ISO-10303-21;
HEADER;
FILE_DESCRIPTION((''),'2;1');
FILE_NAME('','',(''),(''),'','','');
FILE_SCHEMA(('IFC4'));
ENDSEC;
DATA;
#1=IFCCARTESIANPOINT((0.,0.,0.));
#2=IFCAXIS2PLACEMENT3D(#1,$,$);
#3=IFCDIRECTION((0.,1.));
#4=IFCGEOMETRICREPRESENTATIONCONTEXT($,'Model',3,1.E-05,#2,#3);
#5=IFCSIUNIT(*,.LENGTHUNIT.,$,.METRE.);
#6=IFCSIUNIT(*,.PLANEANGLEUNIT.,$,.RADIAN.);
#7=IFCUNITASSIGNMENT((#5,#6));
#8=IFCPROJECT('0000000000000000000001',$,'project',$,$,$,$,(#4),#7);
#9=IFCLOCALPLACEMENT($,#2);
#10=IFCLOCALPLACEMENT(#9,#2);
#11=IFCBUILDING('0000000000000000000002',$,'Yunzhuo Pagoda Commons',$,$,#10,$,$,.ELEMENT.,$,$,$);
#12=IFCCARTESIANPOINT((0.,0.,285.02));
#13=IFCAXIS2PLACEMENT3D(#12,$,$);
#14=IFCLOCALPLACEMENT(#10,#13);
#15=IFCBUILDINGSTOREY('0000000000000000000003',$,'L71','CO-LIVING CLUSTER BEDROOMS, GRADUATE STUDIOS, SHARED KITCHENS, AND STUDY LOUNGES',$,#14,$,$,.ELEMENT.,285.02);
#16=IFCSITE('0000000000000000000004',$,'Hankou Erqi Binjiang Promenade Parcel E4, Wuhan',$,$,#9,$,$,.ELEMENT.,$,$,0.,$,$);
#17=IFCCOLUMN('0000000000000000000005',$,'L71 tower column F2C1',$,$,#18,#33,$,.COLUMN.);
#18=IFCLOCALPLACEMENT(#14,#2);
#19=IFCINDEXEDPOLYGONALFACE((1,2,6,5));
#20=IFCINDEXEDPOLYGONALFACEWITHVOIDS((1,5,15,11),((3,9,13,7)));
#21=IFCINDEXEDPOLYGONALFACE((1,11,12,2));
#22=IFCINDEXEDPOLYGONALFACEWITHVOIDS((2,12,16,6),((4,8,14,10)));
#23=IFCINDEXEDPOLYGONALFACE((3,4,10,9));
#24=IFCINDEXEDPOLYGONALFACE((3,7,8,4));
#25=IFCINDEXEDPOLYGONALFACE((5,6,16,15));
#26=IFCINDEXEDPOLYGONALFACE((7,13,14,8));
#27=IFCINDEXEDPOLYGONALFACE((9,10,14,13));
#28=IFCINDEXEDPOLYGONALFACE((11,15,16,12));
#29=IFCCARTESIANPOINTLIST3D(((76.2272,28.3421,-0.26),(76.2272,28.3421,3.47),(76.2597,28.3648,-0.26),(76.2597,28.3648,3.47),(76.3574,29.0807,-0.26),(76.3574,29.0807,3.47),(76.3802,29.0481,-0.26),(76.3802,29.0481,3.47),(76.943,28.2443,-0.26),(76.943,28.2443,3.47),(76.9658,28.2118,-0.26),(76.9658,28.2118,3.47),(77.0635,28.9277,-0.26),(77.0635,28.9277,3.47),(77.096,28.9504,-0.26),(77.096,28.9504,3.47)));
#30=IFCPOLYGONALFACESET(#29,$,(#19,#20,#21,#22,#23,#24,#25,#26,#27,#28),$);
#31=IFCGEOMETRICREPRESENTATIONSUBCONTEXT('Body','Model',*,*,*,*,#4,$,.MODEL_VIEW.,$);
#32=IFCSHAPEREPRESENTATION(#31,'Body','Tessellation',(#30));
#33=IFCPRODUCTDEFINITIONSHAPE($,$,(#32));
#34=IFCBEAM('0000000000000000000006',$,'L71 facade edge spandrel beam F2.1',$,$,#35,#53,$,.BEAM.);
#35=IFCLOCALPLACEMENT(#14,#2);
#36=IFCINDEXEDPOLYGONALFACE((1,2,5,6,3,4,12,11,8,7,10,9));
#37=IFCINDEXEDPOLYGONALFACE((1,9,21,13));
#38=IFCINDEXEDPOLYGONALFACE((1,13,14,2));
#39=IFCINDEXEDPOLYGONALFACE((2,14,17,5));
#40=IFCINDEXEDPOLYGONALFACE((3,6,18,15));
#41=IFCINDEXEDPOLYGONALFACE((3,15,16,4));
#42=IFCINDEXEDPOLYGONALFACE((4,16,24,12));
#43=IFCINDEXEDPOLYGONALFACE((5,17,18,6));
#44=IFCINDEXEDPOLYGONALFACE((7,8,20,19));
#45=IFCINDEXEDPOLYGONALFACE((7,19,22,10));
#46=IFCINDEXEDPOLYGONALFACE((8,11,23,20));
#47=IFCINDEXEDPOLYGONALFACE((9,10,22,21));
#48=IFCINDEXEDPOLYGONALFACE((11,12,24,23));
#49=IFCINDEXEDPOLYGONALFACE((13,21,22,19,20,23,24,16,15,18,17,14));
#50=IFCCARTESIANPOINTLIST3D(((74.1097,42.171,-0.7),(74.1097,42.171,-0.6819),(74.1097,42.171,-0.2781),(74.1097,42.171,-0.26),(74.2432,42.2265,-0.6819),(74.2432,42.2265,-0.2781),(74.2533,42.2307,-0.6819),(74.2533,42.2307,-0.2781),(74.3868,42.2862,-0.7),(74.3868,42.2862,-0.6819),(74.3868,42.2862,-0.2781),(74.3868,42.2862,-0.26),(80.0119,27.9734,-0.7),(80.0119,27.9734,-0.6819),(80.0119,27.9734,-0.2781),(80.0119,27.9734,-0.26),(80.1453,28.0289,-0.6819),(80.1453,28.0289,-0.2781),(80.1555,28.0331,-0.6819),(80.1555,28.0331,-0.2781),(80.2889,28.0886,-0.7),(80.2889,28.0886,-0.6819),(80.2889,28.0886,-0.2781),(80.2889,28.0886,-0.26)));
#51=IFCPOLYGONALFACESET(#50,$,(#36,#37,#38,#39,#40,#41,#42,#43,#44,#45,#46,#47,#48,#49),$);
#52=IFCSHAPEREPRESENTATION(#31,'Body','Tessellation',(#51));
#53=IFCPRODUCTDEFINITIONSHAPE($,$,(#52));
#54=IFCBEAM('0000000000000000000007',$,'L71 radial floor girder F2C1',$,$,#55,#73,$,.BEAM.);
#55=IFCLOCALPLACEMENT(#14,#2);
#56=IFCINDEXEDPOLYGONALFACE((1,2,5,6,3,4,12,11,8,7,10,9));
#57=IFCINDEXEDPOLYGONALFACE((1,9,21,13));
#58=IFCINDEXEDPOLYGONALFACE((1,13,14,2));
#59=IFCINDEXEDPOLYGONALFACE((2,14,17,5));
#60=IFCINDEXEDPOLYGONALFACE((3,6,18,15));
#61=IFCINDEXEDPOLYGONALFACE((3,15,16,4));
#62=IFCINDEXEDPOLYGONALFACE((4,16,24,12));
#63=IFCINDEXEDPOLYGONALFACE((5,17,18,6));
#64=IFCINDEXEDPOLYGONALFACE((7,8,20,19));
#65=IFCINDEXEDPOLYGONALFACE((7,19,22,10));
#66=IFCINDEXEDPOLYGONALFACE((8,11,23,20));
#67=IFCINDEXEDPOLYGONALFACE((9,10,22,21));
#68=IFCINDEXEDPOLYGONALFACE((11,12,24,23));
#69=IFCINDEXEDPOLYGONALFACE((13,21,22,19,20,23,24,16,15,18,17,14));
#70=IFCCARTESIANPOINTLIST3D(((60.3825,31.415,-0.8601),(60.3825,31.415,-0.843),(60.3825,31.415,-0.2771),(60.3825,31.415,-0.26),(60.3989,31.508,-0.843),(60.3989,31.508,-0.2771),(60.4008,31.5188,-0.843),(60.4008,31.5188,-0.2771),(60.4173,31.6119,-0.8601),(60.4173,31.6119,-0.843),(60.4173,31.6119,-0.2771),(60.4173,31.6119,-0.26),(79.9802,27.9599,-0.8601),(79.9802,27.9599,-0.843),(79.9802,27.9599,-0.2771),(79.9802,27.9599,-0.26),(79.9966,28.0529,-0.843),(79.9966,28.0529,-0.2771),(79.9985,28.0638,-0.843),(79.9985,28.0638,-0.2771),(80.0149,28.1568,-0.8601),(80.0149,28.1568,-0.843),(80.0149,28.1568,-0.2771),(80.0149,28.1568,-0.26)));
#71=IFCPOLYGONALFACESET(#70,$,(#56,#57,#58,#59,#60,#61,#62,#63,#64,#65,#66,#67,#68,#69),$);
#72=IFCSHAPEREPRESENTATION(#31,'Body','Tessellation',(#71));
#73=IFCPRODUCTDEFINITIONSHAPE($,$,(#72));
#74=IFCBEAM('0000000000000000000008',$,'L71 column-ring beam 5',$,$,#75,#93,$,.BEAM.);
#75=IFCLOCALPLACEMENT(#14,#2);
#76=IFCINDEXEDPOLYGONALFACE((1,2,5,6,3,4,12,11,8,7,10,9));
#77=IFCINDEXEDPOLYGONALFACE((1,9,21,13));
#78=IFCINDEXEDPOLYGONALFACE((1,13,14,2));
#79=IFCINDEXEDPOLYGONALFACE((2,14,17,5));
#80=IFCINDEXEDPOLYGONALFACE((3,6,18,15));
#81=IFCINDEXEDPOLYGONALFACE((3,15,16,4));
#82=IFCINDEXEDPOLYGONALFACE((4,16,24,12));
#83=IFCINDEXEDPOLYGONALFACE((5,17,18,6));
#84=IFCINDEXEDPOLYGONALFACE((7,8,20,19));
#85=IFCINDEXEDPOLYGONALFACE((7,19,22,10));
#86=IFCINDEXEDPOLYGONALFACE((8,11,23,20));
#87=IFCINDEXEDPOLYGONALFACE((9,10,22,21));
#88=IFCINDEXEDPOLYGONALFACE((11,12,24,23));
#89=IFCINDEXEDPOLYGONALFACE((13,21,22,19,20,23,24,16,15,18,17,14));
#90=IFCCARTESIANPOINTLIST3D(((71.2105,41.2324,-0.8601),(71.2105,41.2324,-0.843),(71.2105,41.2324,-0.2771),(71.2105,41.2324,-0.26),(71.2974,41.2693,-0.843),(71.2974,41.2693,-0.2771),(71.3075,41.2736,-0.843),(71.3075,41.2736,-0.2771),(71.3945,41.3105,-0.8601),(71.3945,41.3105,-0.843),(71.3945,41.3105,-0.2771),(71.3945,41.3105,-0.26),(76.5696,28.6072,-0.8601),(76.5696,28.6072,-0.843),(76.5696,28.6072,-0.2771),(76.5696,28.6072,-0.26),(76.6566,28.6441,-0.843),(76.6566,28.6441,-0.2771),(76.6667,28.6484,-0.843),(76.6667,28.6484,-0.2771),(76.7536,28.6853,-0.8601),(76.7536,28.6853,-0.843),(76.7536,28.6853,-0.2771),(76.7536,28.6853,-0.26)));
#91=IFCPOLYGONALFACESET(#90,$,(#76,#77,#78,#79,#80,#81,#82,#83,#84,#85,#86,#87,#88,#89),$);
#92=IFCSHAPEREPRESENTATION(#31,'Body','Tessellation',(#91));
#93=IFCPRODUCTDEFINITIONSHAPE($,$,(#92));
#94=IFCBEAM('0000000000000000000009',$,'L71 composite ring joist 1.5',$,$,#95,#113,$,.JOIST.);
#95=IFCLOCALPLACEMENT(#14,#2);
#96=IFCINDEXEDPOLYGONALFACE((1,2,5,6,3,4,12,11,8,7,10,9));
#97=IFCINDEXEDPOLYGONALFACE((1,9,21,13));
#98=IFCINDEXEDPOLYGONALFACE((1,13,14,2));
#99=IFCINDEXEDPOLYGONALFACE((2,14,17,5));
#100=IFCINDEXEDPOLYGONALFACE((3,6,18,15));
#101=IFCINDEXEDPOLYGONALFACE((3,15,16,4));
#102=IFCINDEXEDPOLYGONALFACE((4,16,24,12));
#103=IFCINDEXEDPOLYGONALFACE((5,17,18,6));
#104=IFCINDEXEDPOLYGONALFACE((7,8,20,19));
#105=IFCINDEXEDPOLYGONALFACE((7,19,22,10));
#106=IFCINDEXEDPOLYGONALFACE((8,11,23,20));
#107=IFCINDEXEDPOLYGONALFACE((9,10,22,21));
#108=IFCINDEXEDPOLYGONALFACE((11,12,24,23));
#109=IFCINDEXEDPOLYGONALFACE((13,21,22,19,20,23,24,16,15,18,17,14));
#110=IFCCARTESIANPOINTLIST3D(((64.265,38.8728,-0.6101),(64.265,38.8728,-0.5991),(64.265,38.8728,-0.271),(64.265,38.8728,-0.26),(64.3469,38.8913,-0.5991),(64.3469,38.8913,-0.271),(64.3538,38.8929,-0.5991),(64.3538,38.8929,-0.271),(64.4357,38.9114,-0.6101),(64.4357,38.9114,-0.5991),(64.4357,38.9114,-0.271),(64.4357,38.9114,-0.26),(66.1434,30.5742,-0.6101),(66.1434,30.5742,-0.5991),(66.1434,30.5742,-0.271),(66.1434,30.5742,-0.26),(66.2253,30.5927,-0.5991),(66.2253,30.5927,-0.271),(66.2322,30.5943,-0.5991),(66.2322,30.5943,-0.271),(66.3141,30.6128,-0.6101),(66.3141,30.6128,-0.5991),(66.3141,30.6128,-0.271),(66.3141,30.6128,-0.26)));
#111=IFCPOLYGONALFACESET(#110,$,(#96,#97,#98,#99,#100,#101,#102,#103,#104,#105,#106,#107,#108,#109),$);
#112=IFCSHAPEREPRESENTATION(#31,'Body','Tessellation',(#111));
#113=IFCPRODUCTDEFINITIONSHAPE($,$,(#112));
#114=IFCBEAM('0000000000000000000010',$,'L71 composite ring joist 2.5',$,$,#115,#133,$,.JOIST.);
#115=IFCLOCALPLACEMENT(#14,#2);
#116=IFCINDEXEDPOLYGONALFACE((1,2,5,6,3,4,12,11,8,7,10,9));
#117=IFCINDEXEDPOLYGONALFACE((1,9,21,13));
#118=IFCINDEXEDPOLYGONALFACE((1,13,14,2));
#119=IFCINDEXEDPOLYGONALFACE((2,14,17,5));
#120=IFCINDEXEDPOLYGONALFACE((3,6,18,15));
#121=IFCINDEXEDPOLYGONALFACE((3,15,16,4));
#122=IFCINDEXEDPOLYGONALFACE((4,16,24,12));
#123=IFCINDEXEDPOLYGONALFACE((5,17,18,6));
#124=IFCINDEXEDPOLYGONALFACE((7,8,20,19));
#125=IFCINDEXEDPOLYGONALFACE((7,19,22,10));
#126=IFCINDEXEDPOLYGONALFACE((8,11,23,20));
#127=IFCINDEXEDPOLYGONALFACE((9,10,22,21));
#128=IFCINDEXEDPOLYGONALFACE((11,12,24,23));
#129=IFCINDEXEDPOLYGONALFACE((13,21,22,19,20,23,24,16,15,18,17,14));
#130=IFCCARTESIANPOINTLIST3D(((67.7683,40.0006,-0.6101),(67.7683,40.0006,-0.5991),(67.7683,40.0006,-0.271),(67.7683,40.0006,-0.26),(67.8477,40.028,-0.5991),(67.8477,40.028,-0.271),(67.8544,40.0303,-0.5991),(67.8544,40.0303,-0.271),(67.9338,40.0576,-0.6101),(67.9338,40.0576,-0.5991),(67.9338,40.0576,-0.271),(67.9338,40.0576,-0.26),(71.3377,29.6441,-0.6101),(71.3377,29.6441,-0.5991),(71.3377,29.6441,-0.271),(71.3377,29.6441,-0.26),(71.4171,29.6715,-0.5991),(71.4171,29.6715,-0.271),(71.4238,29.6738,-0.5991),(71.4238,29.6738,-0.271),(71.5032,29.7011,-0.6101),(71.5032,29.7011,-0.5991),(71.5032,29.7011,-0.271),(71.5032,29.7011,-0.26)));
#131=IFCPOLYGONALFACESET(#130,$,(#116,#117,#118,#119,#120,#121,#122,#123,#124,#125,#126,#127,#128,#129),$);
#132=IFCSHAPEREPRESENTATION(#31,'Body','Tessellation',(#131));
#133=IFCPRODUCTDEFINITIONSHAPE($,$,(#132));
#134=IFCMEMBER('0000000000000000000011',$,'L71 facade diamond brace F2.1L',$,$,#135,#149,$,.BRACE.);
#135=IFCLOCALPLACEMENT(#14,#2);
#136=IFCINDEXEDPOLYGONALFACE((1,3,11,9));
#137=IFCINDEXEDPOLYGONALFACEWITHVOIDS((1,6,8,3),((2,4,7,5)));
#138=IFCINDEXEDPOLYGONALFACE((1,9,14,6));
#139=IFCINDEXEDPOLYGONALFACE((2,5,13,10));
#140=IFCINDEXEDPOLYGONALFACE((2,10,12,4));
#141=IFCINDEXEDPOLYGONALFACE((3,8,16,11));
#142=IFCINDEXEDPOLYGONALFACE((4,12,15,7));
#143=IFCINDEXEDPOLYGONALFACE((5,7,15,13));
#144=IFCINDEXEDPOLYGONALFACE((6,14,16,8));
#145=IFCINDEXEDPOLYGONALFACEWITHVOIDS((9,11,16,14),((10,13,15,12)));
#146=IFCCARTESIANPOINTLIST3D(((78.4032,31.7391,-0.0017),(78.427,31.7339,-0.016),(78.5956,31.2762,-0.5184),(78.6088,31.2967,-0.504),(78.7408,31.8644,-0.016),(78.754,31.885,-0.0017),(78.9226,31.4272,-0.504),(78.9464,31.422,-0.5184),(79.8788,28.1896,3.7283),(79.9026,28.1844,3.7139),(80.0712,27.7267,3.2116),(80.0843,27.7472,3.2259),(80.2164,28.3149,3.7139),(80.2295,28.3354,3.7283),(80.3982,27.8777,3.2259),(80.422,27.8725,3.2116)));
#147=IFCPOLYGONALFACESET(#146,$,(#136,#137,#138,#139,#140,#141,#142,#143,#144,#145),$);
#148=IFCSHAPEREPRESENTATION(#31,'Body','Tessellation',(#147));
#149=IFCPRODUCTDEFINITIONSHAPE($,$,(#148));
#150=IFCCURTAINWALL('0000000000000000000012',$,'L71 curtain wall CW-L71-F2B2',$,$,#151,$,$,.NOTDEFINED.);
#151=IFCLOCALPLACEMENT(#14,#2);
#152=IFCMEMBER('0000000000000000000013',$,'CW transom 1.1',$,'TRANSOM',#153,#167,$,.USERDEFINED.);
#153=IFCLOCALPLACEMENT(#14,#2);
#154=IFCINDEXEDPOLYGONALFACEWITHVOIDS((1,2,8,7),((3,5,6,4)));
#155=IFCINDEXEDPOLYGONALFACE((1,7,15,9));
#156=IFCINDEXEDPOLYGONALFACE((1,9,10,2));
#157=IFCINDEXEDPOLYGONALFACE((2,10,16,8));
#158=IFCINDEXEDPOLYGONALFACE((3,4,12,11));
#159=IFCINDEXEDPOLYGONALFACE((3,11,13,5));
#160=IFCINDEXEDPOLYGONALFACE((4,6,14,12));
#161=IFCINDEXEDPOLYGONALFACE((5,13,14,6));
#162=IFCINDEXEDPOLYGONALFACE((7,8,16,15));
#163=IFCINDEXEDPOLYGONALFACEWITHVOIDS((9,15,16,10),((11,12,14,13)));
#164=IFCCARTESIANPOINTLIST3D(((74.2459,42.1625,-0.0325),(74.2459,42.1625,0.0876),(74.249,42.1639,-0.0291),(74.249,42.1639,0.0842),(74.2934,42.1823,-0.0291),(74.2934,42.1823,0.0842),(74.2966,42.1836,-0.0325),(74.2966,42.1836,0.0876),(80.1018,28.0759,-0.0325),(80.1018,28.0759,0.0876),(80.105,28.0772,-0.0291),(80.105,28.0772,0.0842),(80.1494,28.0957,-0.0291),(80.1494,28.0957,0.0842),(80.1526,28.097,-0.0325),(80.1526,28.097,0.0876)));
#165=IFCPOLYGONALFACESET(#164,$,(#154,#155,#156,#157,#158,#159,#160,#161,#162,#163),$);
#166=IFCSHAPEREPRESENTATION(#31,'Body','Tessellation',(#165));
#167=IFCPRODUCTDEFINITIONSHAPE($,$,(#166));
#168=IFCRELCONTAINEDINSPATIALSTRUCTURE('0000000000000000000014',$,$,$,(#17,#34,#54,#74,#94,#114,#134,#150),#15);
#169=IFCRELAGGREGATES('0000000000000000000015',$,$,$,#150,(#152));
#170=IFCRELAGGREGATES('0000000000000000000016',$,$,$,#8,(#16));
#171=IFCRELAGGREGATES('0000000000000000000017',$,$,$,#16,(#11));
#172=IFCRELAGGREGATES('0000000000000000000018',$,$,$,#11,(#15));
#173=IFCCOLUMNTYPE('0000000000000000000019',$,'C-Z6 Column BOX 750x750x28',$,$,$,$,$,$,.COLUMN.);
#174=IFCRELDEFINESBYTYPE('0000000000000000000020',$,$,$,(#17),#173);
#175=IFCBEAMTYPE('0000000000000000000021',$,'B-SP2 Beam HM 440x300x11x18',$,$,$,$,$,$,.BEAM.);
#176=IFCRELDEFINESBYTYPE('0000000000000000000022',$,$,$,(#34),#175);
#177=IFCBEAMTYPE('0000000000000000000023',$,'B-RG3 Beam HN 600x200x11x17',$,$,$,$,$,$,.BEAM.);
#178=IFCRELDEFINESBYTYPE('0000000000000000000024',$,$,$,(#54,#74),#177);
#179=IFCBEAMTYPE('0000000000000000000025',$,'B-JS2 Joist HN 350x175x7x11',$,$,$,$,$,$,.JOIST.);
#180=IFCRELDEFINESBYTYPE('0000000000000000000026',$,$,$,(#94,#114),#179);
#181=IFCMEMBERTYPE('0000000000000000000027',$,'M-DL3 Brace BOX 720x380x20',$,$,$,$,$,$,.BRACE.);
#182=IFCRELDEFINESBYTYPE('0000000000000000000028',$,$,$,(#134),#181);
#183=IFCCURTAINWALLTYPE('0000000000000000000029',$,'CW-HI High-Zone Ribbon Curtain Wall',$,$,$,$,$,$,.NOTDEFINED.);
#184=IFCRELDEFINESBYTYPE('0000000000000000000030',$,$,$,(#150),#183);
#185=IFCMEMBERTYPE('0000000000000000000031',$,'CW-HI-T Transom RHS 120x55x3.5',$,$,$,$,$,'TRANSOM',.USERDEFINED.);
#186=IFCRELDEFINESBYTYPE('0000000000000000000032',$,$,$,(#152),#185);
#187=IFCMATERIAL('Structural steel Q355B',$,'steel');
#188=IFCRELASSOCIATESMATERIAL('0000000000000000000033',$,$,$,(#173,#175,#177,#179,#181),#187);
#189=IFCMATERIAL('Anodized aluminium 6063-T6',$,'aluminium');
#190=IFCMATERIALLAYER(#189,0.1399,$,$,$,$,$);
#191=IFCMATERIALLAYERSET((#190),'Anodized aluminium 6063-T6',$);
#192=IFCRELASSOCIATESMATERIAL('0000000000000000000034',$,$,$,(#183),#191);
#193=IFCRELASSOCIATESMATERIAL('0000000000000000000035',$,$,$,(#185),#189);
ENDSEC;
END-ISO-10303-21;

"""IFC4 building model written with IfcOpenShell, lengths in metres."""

from ifc_helpers import new_model, si_unit, direction, frame, origin, origin_2d, place, context, subcontext, project, spatial, hollow_rectangle, i_section, extrude, source, transform, mapped, material, layer, layer_set, material_profile, profile_set, type_object, element, aggregate, save


model = new_model("IFC4")

# Units and contexts
model_context = context("Model", 3, precision=1e-05, world=origin(), true_north=direction((0.0, 1.0)))
body_context = subcontext(model_context, "Body", "Model", "MODEL_VIEW")
ifc_project = project(units=[si_unit("LENGTHUNIT", "METRE"), si_unit("PLANEANGLEUNIT", "RADIAN")], contexts=[model_context])

# Site, building, storey
site_placement = place(None, origin())
site = spatial("IfcSite", under=ifc_project, at=site_placement, Name="Hankou Erqi Binjiang Promenade Parcel E4, Wuhan", CompositionType="ELEMENT", RefElevation=0.0)
building_placement = place(site_placement, origin())
building = spatial("IfcBuilding", under=site, at=building_placement, Name="Yunzhuo Pagoda Commons", CompositionType="ELEMENT")
storey_placement = place(building_placement, frame((0.0, 0.0, 285.02)))
storey = spatial("IfcBuildingStorey", under=building, at=storey_placement, Name="L71", Description="CO-LIVING CLUSTER BEDROOMS, GRADUATE STUDIOS, SHARED KITCHENS, AND STUDY LOUNGES", CompositionType="ELEMENT", Elevation=285.02)

# Column
ifc_material_1 = material(Name="Structural steel Q355B", Category="steel")
ifc_material_profile_1 = material_profile(ifc_material_1, hollow_rectangle(XDim=0.75, YDim=0.75, WallThickness=0.0281, at=origin_2d()), Name="Structural steel Q355B")
ifc_profile_set_1 = profile_set([ifc_material_profile_1], Name="Structural steel Q355B")
column_type = type_object("IfcColumnType", Name="C-Z6 Column BOX 750x750x28", PredefinedType="COLUMN", material=ifc_profile_set_1)
shared_shape_1 = source(origin(), body_context, "Body", "SweptSolid", [
    extrude(hollow_rectangle(XDim=0.75, YDim=0.75, WallThickness=0.0281, at=origin_2d()), origin(), (0.0, 0.0, 1.0), 3.73),
])
column_placement = place(storey_placement, frame((76.6616, 28.6462, -0.26), z_axis=(0.0, 0.0, 1.0), x_axis=(0.173648, 0.984808, 0.0)))
element("IfcColumn", 1, at=column_placement, inside=storey, type_object=column_type, Name="L71 tower column F2C1", PredefinedType="COLUMN", context=body_context, shape_type="MappedRepresentation", body=[
    mapped(shared_shape_1, transform((0.0, 0.0, 0.0), scale=1.0)),
])

# Beams
ifc_material_profile_2 = material_profile(ifc_material_1, i_section(OverallWidth=0.3, OverallDepth=0.4399, WebThickness=0.011, FlangeThickness=0.0181, at=origin_2d()), Name="Structural steel Q355B")
ifc_profile_set_2 = profile_set([ifc_material_profile_2], Name="Structural steel Q355B")
beam_type_1 = type_object("IfcBeamType", Name="B-SP2 Beam HM 440x300x11x18", PredefinedType="BEAM", material=ifc_profile_set_2)
shared_shape_2 = source(origin(), body_context, "Body", "SweptSolid", [
    extrude(i_section(OverallWidth=0.3, OverallDepth=0.4399, WebThickness=0.011, FlangeThickness=0.0181, at=origin_2d()), origin(), (0.0, 0.0, 1.0), 15.3755),
])
beam_1_placement = place(storey_placement, frame((80.1504, 28.031, -0.48), z_axis=(-0.383865, 0.923389, 0.0), x_axis=(-0.923389, -0.383865, 0.0)))
element("IfcBeam", 2, at=beam_1_placement, inside=storey, type_object=beam_type_1, Name="L71 facade edge spandrel beam F2.1", PredefinedType="BEAM", context=body_context, shape_type="MappedRepresentation", body=[
    mapped(shared_shape_2, transform((0.0, 0.0, 0.0), scale=1.0)),
])
ifc_material_profile_3 = material_profile(ifc_material_1, i_section(OverallWidth=0.2, OverallDepth=0.6001, WebThickness=0.011, FlangeThickness=0.0171, at=origin_2d()), Name="Structural steel Q355B")
ifc_profile_set_3 = profile_set([ifc_material_profile_3], Name="Structural steel Q355B")
beam_type_2 = type_object("IfcBeamType", Name="B-RG3 Beam HN 600x200x11x17", PredefinedType="BEAM", material=ifc_profile_set_3)
shared_shape_3 = source(origin(), body_context, "Body", "SweptSolid", [
    extrude(i_section(OverallWidth=0.2, OverallDepth=0.6001, WebThickness=0.011, FlangeThickness=0.0171, at=origin_2d()), origin(), (0.0, 0.0, 1.0), 19.8999),
])
beam_2_placement = place(storey_placement, frame((79.9976, 28.0583, -0.5601), z_axis=(-0.984812, 0.173623, 0.0), x_axis=(-0.173623, -0.984812, 0.0)))
element("IfcBeam", 3, at=beam_2_placement, inside=storey, type_object=beam_type_2, Name="L71 radial floor girder F2C1", PredefinedType="BEAM", context=body_context, shape_type="MappedRepresentation", body=[
    mapped(shared_shape_3, transform((0.0, 0.0, 0.0), scale=1.0)),
])
shared_shape_4 = source(origin(), body_context, "Body", "SweptSolid", [
    extrude(i_section(OverallWidth=0.2, OverallDepth=0.6001, WebThickness=0.011, FlangeThickness=0.0171, at=origin_2d()), origin(), (0.0, 0.0, 1.0), 13.7156),
])
beam_3_placement = place(storey_placement, frame((76.6616, 28.6462, -0.5601), z_axis=(-0.390733, 0.920504, 0.0), x_axis=(-0.920504, -0.390733, 0.0)))
element("IfcBeam", 4, at=beam_3_placement, inside=storey, type_object=beam_type_2, Name="L71 column-ring beam 5", PredefinedType="BEAM", context=body_context, shape_type="MappedRepresentation", body=[
    mapped(shared_shape_4, transform((0.0, 0.0, 0.0), scale=1.0)),
])
ifc_material_profile_4 = material_profile(ifc_material_1, i_section(OverallWidth=0.175, OverallDepth=0.3501, WebThickness=0.0071, FlangeThickness=0.011, at=origin_2d()), Name="Structural steel Q355B")
ifc_profile_set_4 = profile_set([ifc_material_profile_4], Name="Structural steel Q355B")
beam_type_3 = type_object("IfcBeamType", Name="B-JS2 Joist HN 350x175x7x11", PredefinedType="JOIST", material=ifc_profile_set_4)
shared_shape_5 = source(origin(), body_context, "Body", "SweptSolid", [
    extrude(i_section(OverallWidth=0.175, OverallDepth=0.3501, WebThickness=0.0071, FlangeThickness=0.011, at=origin_2d()), origin(), (0.0, 0.0, 1.0), 8.5085),
])
beam_4_placement = place(storey_placement, frame((66.2288, 30.5935, -0.4351), z_axis=(-0.220769, 0.975326, 0.0), x_axis=(-0.975326, -0.220769, 0.0)))
element("IfcBeam", 5, at=beam_4_placement, inside=storey, type_object=beam_type_3, Name="L71 composite ring joist 1.5", PredefinedType="JOIST", context=body_context, shape_type="MappedRepresentation", body=[
    mapped(shared_shape_5, transform((0.0, 0.0, 0.0), scale=1.0)),
])
shared_shape_6 = source(origin(), body_context, "Body", "SweptSolid", [
    extrude(i_section(OverallWidth=0.175, OverallDepth=0.3501, WebThickness=0.0071, FlangeThickness=0.011, at=origin_2d()), origin(), (0.0, 0.0, 1.0), 10.9543),
])
beam_5_placement = place(storey_placement, frame((71.4204, 29.6726, -0.4351), z_axis=(-0.32584, 0.945425, 0.0), x_axis=(-0.945425, -0.32584, 0.0)))
element("IfcBeam", 6, at=beam_5_placement, inside=storey, type_object=beam_type_3, Name="L71 composite ring joist 2.5", PredefinedType="JOIST", context=body_context, shape_type="MappedRepresentation", body=[
    mapped(shared_shape_6, transform((0.0, 0.0, 0.0), scale=1.0)),
])

# Member
ifc_material_profile_5 = material_profile(ifc_material_1, hollow_rectangle(XDim=0.3799, YDim=0.72, WallThickness=0.02, at=origin_2d()), Name="Structural steel Q355B")
ifc_profile_set_5 = profile_set([ifc_material_profile_5], Name="Structural steel Q355B")
member_type_1 = type_object("IfcMemberType", Name="M-DL3 Brace BOX 720x380x20", PredefinedType="BRACE", material=ifc_profile_set_5)
shared_shape_7 = source(origin(), body_context, "Body", "SweptSolid", [
    extrude(hollow_rectangle(XDim=0.3799, YDim=0.72, WallThickness=0.02, at=origin_2d()), origin(), (0.0, 0.0, 1.0), 5.3562),
])
member_1_placement = place(storey_placement, frame((78.6748, 31.5806, -0.26), z_axis=(0.275488, -0.662694, 0.696378), x_axis=(0.92339, 0.383862, 0.0)))
element("IfcMember", 7, at=member_1_placement, inside=storey, type_object=member_type_1, Name="L71 facade diamond brace F2.1L", PredefinedType="BRACE", context=body_context, shape_type="MappedRepresentation", body=[
    mapped(shared_shape_7, transform((0.0, 0.0, 0.0), scale=1.0)),
])

# Curtain wall, member
ifc_material_2 = material(Name="Anodized aluminium 6063-T6", Category="aluminium")
ifc_layer_1 = layer(ifc_material_2, 0.1399)
ifc_layer_set_1 = layer_set([ifc_layer_1], Name="Anodized aluminium 6063-T6")
curtain_wall_type = type_object("IfcCurtainWallType", Name="CW-HI High-Zone Ribbon Curtain Wall", PredefinedType="NOTDEFINED", material=ifc_layer_set_1)
curtain_wall_1_placement = place(storey_placement, origin())
curtain_wall_1 = element("IfcCurtainWall", 8, at=curtain_wall_1_placement, inside=storey, type_object=curtain_wall_type, Name="L71 curtain wall CW-L71-F2B2", PredefinedType="NOTDEFINED")
ifc_material_profile_6 = material_profile(ifc_material_2, hollow_rectangle(XDim=0.0549, YDim=0.1201, WallThickness=0.0034, at=origin_2d()), Name="Anodized aluminium 6063-T6")
ifc_profile_set_6 = profile_set([ifc_material_profile_6], Name="Anodized aluminium 6063-T6")
member_type_2 = type_object("IfcMemberType", Name="CW-HI-T Transom RHS 120x55x3.5", ElementType="TRANSOM", PredefinedType="USERDEFINED", material=ifc_profile_set_6)
shared_shape_8 = source(origin(), body_context, "Body", "SweptSolid", [
    extrude(hollow_rectangle(XDim=0.0549, YDim=0.1201, WallThickness=0.0034, at=origin_2d()), origin(), (0.0, 0.0, 1.0), 15.2554),
])
member_2_placement = place(storey_placement, frame((80.1272, 28.0864, 0.0276), z_axis=(-0.383862, 0.923391, 0.0), x_axis=(-0.923391, -0.383862, 0.0)))
member_2 = element("IfcMember", 9, at=member_2_placement, type_object=member_type_2, Name="CW transom 1.1", ObjectType="TRANSOM", PredefinedType="USERDEFINED", context=body_context, shape_type="MappedRepresentation", body=[
    mapped(shared_shape_8, transform((0.0, 0.0, 0.0), scale=1.0)),
])

aggregate(curtain_wall_1, [member_2])

save(model, "model.ifc")
